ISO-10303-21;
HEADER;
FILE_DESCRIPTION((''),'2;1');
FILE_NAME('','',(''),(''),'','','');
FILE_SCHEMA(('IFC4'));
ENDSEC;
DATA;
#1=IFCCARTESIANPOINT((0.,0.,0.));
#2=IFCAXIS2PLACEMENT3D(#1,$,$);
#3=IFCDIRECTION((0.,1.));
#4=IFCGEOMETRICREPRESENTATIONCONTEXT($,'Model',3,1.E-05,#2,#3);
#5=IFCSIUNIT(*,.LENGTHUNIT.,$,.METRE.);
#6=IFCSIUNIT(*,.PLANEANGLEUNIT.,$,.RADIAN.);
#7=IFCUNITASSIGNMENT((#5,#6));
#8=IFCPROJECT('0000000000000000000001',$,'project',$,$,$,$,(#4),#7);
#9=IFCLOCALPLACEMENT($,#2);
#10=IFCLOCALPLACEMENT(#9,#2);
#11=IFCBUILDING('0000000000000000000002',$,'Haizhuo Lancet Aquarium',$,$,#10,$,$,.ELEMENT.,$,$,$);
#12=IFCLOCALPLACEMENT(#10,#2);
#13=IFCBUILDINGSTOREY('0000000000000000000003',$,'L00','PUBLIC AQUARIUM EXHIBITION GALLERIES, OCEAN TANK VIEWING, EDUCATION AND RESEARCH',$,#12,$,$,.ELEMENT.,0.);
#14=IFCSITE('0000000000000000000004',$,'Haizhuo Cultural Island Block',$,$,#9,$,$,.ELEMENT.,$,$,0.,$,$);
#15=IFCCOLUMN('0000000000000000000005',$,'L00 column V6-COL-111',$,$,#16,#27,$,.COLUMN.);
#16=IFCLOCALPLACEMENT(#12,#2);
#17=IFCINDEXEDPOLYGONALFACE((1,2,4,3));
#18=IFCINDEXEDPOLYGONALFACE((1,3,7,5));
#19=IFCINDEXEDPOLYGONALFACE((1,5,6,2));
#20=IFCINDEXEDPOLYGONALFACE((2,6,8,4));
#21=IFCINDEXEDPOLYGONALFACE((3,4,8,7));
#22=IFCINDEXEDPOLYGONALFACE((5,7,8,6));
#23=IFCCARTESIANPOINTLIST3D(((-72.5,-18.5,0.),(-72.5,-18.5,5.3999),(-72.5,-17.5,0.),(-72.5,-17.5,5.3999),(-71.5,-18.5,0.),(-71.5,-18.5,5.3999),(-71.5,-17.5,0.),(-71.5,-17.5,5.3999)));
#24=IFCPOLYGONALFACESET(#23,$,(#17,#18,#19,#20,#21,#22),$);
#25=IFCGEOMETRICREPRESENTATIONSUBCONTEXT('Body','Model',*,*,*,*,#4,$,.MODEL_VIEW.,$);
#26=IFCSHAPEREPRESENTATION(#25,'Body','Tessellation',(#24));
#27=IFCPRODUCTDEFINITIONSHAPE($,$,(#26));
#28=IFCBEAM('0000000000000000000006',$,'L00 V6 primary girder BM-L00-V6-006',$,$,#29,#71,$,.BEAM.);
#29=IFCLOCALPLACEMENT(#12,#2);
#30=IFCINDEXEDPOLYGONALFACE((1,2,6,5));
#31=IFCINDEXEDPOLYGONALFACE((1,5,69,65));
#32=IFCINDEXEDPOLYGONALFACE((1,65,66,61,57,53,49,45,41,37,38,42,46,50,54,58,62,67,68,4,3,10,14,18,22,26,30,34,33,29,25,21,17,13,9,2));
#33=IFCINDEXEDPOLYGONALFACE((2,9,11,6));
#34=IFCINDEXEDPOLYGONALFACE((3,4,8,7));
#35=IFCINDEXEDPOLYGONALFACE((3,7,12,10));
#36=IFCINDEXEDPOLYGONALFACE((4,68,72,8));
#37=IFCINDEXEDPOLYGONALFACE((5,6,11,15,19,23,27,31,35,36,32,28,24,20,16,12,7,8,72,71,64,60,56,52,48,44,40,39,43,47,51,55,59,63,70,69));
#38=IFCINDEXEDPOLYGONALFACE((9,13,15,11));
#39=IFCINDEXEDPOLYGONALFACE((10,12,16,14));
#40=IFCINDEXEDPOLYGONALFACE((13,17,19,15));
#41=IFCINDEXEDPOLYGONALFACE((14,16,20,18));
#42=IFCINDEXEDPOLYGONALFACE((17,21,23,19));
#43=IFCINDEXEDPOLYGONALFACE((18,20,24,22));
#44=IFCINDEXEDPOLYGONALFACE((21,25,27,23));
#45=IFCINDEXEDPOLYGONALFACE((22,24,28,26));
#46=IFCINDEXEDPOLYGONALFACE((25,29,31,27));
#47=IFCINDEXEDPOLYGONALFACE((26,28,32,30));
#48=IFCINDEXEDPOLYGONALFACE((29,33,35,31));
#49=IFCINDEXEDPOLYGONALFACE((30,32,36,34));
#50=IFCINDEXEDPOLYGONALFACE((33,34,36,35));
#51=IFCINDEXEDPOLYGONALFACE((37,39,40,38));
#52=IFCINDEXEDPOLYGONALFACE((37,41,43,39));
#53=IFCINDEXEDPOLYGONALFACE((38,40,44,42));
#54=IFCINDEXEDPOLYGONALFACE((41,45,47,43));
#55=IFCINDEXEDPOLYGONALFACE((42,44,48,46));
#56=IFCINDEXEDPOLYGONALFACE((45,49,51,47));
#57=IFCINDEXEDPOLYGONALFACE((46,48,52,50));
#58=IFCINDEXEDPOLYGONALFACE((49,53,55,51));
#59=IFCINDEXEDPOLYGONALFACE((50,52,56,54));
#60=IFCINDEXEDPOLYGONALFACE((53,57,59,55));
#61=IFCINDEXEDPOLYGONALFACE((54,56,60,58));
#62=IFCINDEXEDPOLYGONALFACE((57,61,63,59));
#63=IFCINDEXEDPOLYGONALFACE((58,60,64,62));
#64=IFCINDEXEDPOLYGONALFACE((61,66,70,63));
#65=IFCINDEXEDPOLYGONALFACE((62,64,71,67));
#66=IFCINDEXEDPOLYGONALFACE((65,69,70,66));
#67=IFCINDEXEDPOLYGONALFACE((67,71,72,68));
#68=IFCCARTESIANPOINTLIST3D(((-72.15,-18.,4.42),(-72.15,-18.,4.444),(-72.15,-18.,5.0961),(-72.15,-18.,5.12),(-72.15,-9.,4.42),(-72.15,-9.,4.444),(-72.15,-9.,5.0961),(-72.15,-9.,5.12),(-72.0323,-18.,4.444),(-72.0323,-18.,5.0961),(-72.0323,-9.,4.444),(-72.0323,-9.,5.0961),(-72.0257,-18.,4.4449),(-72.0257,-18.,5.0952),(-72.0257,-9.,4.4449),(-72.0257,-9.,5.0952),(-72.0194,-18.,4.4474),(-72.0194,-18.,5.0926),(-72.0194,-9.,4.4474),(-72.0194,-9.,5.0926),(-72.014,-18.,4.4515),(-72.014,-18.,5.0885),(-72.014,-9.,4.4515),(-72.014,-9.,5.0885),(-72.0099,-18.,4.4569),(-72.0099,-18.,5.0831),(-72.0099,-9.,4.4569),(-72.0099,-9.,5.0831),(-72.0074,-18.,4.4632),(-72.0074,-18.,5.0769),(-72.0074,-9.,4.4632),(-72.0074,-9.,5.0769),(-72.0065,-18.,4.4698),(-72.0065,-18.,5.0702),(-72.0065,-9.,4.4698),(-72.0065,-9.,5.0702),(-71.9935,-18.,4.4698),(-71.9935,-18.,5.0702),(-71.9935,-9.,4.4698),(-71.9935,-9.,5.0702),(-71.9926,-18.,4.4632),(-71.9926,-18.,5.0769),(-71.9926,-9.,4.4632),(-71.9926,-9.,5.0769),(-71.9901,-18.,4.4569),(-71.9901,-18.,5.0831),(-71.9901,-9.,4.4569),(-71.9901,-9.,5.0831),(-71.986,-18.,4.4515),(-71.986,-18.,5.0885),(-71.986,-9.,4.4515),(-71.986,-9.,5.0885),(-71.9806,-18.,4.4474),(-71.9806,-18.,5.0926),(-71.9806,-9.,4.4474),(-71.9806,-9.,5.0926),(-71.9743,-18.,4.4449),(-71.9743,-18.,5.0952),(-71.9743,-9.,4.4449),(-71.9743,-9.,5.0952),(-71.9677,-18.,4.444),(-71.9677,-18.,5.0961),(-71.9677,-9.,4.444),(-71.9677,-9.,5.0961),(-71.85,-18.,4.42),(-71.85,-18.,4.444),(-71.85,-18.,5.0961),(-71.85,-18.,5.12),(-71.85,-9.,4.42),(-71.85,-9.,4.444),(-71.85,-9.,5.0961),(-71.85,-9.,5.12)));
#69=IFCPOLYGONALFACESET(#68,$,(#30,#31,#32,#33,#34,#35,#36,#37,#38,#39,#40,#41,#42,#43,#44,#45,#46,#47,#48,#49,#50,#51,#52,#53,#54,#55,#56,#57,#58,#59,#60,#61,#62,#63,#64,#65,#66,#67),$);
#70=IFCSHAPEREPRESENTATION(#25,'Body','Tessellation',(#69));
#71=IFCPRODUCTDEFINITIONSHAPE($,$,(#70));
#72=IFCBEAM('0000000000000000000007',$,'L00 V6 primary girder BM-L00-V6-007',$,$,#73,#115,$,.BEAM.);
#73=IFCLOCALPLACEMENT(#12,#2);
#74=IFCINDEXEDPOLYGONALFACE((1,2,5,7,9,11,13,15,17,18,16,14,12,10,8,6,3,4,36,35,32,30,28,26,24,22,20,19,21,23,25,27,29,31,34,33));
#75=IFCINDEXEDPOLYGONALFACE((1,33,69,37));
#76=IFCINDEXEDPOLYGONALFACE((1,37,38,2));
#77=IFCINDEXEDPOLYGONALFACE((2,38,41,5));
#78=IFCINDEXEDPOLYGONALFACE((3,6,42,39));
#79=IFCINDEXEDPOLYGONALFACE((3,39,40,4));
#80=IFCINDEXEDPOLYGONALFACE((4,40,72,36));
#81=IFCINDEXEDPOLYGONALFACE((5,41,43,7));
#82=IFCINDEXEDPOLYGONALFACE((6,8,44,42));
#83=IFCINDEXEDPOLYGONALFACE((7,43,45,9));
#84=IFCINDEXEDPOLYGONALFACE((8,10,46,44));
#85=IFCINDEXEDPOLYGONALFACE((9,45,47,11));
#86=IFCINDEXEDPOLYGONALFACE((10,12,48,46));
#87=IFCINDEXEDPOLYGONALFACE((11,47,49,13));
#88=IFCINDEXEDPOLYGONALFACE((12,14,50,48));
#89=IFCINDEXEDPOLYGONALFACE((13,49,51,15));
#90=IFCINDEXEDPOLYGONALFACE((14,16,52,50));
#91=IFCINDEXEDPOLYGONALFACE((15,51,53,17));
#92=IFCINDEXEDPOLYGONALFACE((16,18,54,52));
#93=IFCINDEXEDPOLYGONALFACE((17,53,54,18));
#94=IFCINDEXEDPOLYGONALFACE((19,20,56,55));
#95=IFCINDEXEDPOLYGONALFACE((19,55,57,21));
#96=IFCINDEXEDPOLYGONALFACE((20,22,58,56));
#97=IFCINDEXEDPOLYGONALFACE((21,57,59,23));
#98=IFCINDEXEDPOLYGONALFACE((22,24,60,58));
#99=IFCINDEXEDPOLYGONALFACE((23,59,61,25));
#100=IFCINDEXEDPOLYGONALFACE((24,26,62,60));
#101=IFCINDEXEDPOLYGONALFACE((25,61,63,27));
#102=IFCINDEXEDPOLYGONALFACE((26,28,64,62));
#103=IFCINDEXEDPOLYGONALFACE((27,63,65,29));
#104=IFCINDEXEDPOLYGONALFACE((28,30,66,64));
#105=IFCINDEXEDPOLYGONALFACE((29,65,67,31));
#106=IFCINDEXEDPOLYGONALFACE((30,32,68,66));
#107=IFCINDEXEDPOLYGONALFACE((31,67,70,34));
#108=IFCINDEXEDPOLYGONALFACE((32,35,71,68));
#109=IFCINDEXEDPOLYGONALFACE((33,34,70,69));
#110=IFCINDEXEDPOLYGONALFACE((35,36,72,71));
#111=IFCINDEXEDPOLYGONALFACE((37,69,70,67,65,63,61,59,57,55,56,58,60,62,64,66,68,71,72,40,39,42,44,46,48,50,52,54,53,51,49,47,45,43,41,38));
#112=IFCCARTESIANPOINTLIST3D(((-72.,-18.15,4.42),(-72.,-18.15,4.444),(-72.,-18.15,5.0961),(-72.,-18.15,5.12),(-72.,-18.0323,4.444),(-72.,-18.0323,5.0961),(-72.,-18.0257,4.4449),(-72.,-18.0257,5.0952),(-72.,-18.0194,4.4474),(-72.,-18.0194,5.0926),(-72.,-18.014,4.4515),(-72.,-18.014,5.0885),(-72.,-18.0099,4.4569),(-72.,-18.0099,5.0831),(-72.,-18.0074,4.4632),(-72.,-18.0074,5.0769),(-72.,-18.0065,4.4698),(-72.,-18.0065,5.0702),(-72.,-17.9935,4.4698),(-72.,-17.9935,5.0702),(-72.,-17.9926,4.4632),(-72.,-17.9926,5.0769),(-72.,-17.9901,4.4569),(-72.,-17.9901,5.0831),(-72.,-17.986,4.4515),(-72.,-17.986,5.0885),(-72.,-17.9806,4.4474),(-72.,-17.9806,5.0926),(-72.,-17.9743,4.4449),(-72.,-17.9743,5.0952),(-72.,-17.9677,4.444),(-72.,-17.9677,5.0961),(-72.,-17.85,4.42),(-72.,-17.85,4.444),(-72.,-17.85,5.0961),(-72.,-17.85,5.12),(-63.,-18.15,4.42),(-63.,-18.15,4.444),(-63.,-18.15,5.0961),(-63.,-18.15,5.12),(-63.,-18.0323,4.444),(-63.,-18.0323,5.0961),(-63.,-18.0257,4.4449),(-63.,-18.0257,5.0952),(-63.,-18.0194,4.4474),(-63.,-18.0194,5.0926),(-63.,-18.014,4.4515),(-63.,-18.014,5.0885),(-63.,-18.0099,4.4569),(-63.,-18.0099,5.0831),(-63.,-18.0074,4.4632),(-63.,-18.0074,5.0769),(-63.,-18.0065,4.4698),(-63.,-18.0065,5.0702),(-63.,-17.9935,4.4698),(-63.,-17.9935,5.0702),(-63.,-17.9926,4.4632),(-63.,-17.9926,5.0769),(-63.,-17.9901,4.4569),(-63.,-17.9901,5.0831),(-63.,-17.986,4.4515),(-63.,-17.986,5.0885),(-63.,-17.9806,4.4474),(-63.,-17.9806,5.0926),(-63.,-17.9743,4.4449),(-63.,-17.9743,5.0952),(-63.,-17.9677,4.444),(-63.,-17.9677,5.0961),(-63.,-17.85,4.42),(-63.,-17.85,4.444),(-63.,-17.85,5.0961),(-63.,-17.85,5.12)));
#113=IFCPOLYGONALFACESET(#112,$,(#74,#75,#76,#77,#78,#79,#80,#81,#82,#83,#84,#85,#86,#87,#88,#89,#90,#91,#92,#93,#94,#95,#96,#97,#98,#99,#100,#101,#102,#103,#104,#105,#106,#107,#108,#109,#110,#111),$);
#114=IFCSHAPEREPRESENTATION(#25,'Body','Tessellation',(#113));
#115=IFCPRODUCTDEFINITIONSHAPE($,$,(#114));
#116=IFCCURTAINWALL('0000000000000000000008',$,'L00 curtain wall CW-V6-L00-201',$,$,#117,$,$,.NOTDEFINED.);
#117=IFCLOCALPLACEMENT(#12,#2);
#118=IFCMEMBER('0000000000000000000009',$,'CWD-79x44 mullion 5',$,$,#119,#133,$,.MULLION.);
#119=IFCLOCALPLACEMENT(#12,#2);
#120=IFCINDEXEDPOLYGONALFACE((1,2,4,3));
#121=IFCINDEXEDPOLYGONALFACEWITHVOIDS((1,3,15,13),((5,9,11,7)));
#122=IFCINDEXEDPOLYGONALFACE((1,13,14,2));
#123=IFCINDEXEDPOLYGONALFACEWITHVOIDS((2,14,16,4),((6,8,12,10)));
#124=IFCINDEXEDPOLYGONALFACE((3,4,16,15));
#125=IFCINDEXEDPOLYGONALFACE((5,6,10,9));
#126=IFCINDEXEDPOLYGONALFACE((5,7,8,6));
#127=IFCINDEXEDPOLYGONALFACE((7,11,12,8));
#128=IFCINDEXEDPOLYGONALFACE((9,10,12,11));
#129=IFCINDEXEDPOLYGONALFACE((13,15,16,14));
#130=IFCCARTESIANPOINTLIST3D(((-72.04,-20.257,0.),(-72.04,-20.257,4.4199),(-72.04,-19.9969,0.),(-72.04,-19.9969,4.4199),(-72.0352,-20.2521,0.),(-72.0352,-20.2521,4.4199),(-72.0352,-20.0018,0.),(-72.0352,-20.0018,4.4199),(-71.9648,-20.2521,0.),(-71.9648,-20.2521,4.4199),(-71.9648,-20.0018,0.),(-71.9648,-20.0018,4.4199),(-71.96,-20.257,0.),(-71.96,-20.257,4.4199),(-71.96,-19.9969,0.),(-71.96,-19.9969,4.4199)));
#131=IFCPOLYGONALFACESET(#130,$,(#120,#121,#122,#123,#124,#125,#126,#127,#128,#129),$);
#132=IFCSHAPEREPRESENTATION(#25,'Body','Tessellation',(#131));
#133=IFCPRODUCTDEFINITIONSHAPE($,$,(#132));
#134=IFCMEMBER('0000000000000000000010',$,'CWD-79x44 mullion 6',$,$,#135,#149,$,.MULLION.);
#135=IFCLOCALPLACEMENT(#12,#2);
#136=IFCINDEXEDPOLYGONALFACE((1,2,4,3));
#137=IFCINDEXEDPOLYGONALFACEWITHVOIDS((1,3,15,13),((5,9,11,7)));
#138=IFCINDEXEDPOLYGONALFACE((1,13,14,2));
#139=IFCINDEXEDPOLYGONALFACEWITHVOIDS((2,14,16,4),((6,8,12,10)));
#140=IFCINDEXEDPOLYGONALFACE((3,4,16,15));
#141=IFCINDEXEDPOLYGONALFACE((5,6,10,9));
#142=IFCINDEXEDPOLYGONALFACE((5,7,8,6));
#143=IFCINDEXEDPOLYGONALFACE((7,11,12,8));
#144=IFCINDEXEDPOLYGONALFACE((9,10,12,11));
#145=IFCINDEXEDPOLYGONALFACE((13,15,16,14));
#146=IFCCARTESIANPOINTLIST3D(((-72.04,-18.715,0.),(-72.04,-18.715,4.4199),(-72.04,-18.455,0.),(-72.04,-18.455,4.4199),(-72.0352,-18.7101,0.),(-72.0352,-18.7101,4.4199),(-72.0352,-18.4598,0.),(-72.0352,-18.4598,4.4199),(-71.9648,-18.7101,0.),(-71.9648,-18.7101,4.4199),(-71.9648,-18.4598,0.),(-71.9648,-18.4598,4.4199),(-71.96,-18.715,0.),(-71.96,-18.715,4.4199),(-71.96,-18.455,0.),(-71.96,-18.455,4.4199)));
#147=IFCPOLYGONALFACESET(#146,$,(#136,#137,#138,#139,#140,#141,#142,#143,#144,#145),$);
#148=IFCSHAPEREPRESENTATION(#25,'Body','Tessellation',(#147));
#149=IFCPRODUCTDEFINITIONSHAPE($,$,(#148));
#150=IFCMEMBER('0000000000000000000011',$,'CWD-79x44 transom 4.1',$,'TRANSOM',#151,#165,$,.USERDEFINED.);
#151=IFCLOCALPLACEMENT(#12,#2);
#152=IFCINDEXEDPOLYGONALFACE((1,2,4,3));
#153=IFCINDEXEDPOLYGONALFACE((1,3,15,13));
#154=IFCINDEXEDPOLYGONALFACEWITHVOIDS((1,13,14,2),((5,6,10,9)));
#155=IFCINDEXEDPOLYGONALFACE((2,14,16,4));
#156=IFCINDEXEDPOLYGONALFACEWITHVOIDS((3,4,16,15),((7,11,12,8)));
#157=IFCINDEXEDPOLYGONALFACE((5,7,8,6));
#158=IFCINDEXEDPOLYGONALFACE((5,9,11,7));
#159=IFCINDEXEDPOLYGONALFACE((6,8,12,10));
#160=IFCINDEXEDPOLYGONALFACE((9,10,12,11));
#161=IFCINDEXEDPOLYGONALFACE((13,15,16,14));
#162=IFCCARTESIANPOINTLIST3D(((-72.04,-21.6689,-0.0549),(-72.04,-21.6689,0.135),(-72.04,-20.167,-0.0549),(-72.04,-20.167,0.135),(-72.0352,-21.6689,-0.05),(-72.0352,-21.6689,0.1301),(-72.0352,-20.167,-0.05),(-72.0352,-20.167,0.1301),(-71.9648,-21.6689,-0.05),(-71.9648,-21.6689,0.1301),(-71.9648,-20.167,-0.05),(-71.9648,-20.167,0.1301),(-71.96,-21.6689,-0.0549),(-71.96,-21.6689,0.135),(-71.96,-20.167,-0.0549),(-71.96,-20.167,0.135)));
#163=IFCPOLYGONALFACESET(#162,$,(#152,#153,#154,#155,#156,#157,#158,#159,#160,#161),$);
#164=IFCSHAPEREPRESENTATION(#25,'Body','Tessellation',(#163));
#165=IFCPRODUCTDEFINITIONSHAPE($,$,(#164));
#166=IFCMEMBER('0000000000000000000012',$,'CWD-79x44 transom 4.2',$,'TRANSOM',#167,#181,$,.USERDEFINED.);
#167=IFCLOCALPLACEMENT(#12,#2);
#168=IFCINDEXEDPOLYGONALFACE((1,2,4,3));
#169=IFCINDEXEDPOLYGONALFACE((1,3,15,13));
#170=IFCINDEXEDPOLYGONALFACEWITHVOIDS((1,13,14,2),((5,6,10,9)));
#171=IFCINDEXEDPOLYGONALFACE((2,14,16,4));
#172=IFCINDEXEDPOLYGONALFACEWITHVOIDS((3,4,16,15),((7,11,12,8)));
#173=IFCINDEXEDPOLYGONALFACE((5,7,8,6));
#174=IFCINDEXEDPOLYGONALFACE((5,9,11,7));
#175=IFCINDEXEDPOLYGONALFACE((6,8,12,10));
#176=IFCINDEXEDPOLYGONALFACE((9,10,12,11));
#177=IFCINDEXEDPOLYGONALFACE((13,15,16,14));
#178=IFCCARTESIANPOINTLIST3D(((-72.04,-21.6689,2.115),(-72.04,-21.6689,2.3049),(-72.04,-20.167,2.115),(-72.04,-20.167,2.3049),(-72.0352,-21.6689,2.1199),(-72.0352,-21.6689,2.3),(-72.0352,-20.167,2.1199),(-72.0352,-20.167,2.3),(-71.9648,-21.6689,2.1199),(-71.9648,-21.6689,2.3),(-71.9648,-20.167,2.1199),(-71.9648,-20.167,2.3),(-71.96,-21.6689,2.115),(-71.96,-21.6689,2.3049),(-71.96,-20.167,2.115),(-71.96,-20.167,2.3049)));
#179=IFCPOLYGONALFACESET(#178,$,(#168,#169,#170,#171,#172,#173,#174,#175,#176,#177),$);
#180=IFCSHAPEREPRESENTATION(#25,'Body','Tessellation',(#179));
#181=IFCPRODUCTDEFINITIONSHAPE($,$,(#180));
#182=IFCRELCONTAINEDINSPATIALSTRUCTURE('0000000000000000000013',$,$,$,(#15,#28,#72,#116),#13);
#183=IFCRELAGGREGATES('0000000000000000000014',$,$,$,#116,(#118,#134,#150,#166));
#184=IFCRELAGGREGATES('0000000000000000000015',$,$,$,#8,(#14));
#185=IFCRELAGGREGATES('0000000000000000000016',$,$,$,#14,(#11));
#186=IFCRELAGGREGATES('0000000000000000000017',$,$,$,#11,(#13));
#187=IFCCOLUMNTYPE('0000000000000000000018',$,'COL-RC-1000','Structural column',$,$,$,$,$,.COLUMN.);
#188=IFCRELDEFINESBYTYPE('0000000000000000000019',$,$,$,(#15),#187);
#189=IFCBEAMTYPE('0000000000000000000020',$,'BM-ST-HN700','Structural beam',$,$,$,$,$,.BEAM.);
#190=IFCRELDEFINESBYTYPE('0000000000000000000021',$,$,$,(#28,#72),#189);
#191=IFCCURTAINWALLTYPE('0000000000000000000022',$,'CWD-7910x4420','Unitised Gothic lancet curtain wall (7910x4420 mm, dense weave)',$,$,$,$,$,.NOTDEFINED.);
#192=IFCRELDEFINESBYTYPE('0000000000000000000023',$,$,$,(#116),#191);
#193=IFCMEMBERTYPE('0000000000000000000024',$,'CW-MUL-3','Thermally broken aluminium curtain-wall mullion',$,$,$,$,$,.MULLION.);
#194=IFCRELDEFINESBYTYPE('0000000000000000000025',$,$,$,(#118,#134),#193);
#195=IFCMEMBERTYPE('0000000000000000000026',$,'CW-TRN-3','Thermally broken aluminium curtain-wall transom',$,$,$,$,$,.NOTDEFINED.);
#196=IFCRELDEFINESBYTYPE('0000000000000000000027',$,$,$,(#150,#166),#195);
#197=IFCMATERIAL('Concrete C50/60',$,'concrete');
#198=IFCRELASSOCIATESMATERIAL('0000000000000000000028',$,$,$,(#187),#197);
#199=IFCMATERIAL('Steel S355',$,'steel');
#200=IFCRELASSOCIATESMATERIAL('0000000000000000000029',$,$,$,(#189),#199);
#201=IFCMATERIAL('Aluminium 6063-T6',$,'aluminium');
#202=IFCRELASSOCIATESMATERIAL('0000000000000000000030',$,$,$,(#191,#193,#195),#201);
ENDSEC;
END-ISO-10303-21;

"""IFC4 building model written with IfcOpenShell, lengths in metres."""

from ifc_helpers import new_model, si_unit, direction, frame, origin, origin_2d, place, context, subcontext, project, spatial, rectangle, hollow_rectangle, i_section, extrude, material, material_profile, profile_set, type_object, element, aggregate, save


model = new_model("IFC4")

# Units and contexts
model_context = context("Model", 3, precision=1e-05, world=origin(), true_north=direction((0.0, 1.0)))
body_context = subcontext(model_context, "Body", "Model", "MODEL_VIEW")
ifc_project = project(units=[si_unit("LENGTHUNIT", "METRE"), si_unit("PLANEANGLEUNIT", "RADIAN")], contexts=[model_context])

# Site, building, storey
site_placement = place(None, origin())
site = spatial("IfcSite", under=ifc_project, at=site_placement, Name="Haizhuo Cultural Island Block", CompositionType="ELEMENT", RefElevation=0.0)
building_placement = place(site_placement, origin())
building = spatial("IfcBuilding", under=site, at=building_placement, Name="Haizhuo Lancet Aquarium", CompositionType="ELEMENT")
storey_placement = place(building_placement, origin())
storey = spatial("IfcBuildingStorey", under=building, at=storey_placement, Name="L00", Description="PUBLIC AQUARIUM EXHIBITION GALLERIES, OCEAN TANK VIEWING, EDUCATION AND RESEARCH", CompositionType="ELEMENT", Elevation=0.0)

# Column
ifc_material_1 = material(Name="Concrete C50/60", Category="concrete")
ifc_material_profile_1 = material_profile(ifc_material_1, rectangle(XDim=1.0, YDim=1.0, at=origin_2d()), Name="RC-COL 1000x1000")
ifc_profile_set_1 = profile_set([ifc_material_profile_1], Name="Concrete C50/60")
column_type = type_object("IfcColumnType", Name="COL-RC-1000", Description="Structural column", PredefinedType="COLUMN", material=ifc_profile_set_1)
column_placement = place(storey_placement, frame((-72.0, -18.0, 0.0), z_axis=(0.0, 0.0, 1.0), x_axis=(1.0, 0.0, 0.0)))
element("IfcColumn", 1, at=column_placement, inside=storey, type_object=column_type, Name="L00 column V6-COL-111", PredefinedType="COLUMN", context=body_context, shape_type="SweptSolid", body=[
    extrude(rectangle(XDim=1.0, YDim=1.0, at=origin_2d()), origin(), (0.0, 0.0, 1.0), 5.3999),
])

# Beams
ifc_material_2 = material(Name="Steel S355", Category="steel")
ifc_material_profile_2 = material_profile(ifc_material_2, i_section(OverallWidth=0.3, OverallDepth=0.7, WebThickness=0.0129, FlangeThickness=0.0239, FilletRadius=0.0259, at=origin_2d()), Name="HN 700x300x13x24")
ifc_profile_set_2 = profile_set([ifc_material_profile_2], Name="Steel S355")
beam_type_1 = type_object("IfcBeamType", Name="BM-ST-HN700", Description="Structural beam", PredefinedType="BEAM", material=ifc_profile_set_2)
for number, where, z_axis, x_axis, name in (
    (2, (-72.0, -18.0, 4.77), (0.0, 1.0, 0.0), (-1.0, 0.0, 0.0), "L00 V6 primary girder BM-L00-V6-006"),
    (3, (-72.0, -18.0, 4.77), (1.0, 0.0, 0.0), (0.0, 1.0, 0.0), "L00 V6 primary girder BM-L00-V6-007"),
):
    element("IfcBeam", number, at=place(storey_placement, frame(where, z_axis=z_axis, x_axis=x_axis)), inside=storey, type_object=beam_type_1, Name=name, PredefinedType="BEAM", context=body_context, shape_type="SweptSolid", body=[
        extrude(i_section(OverallWidth=0.3, OverallDepth=0.7, WebThickness=0.0129, FlangeThickness=0.0239, FilletRadius=0.0259, at=origin_2d()), origin(), (0.0, 0.0, 1.0), 9.0),
    ])

# Curtain wall, members
ifc_material_3 = material(Name="Aluminium 6063-T6", Category="aluminium")
curtain_wall_type = type_object("IfcCurtainWallType", Name="CWD-7910x4420", Description="Unitised Gothic lancet curtain wall (7910x4420 mm, dense weave)", PredefinedType="NOTDEFINED", material=ifc_material_3)
curtain_wall_placement = place(storey_placement, origin())
curtain_wall = element("IfcCurtainWall", 4, at=curtain_wall_placement, inside=storey, type_object=curtain_wall_type, Name="L00 curtain wall CW-V6-L00-201", PredefinedType="NOTDEFINED")
ifc_material_profile_3 = material_profile(ifc_material_3, hollow_rectangle(XDim=0.0801, YDim=0.26, WallThickness=0.0049, at=origin_2d()), Name="ALU-M 80x260x5")
ifc_profile_set_3 = profile_set([ifc_material_profile_3], Name="Aluminium 6063-T6")
member_type_1 = type_object("IfcMemberType", Name="CW-MUL-3", Description="Thermally broken aluminium curtain-wall mullion", PredefinedType="MULLION", material=ifc_profile_set_3)
member_1_placement = place(storey_placement, frame((-72.0, -20.127, 0.0), z_axis=(0.0, 0.0, 1.0), x_axis=(-1.0, 0.0, 0.0)))
member_1 = element("IfcMember", 5, at=member_1_placement, type_object=member_type_1, Name="CWD-79x44 mullion 5", PredefinedType="MULLION", context=body_context, shape_type="SweptSolid", body=[
    extrude(hollow_rectangle(XDim=0.0801, YDim=0.26, WallThickness=0.0049, at=origin_2d()), origin(), (0.0, 0.0, 1.0), 4.4199),
])
member_2_placement = place(storey_placement, frame((-72.0, -18.585, 0.0), z_axis=(0.0, 0.0, 1.0), x_axis=(-1.0, 0.0, 0.0)))
member_2 = element("IfcMember", 6, at=member_2_placement, type_object=member_type_1, Name="CWD-79x44 mullion 6", PredefinedType="MULLION", context=body_context, shape_type="SweptSolid", body=[
    extrude(hollow_rectangle(XDim=0.0801, YDim=0.26, WallThickness=0.0049, at=origin_2d()), origin(), (0.0, 0.0, 1.0), 4.4199),
])
ifc_material_profile_4 = material_profile(ifc_material_3, hollow_rectangle(XDim=0.0801, YDim=0.1899, WallThickness=0.0049, at=origin_2d()), Name="ALU-T 80x190x5")
ifc_profile_set_4 = profile_set([ifc_material_profile_4], Name="Aluminium 6063-T6")
member_type_2 = type_object("IfcMemberType", Name="CW-TRN-3", Description="Thermally broken aluminium curtain-wall transom", PredefinedType="NOTDEFINED", material=ifc_profile_set_4)
member_3_placement = place(storey_placement, frame((-72.0, -21.6689, 0.04), z_axis=(0.0, 1.0, 0.0), x_axis=(-1.0, 0.0, 0.0)))
member_3 = element("IfcMember", 7, at=member_3_placement, type_object=member_type_2, Name="CWD-79x44 transom 4.1", ObjectType="TRANSOM", PredefinedType="USERDEFINED", context=body_context, shape_type="SweptSolid", body=[
    extrude(hollow_rectangle(XDim=0.0801, YDim=0.1899, WallThickness=0.0049, at=origin_2d()), origin(), (0.0, 0.0, 1.0), 1.502),
])
member_4_placement = place(storey_placement, frame((-72.0, -21.6689, 2.21), z_axis=(0.0, 1.0, 0.0), x_axis=(-1.0, 0.0, 0.0)))
member_4 = element("IfcMember", 8, at=member_4_placement, type_object=member_type_2, Name="CWD-79x44 transom 4.2", ObjectType="TRANSOM", PredefinedType="USERDEFINED", context=body_context, shape_type="SweptSolid", body=[
    extrude(hollow_rectangle(XDim=0.0801, YDim=0.1899, WallThickness=0.0049, at=origin_2d()), origin(), (0.0, 0.0, 1.0), 1.502),
])

aggregate(curtain_wall, [member_1, member_2, member_3, member_4])

save(model, "model.ifc")
